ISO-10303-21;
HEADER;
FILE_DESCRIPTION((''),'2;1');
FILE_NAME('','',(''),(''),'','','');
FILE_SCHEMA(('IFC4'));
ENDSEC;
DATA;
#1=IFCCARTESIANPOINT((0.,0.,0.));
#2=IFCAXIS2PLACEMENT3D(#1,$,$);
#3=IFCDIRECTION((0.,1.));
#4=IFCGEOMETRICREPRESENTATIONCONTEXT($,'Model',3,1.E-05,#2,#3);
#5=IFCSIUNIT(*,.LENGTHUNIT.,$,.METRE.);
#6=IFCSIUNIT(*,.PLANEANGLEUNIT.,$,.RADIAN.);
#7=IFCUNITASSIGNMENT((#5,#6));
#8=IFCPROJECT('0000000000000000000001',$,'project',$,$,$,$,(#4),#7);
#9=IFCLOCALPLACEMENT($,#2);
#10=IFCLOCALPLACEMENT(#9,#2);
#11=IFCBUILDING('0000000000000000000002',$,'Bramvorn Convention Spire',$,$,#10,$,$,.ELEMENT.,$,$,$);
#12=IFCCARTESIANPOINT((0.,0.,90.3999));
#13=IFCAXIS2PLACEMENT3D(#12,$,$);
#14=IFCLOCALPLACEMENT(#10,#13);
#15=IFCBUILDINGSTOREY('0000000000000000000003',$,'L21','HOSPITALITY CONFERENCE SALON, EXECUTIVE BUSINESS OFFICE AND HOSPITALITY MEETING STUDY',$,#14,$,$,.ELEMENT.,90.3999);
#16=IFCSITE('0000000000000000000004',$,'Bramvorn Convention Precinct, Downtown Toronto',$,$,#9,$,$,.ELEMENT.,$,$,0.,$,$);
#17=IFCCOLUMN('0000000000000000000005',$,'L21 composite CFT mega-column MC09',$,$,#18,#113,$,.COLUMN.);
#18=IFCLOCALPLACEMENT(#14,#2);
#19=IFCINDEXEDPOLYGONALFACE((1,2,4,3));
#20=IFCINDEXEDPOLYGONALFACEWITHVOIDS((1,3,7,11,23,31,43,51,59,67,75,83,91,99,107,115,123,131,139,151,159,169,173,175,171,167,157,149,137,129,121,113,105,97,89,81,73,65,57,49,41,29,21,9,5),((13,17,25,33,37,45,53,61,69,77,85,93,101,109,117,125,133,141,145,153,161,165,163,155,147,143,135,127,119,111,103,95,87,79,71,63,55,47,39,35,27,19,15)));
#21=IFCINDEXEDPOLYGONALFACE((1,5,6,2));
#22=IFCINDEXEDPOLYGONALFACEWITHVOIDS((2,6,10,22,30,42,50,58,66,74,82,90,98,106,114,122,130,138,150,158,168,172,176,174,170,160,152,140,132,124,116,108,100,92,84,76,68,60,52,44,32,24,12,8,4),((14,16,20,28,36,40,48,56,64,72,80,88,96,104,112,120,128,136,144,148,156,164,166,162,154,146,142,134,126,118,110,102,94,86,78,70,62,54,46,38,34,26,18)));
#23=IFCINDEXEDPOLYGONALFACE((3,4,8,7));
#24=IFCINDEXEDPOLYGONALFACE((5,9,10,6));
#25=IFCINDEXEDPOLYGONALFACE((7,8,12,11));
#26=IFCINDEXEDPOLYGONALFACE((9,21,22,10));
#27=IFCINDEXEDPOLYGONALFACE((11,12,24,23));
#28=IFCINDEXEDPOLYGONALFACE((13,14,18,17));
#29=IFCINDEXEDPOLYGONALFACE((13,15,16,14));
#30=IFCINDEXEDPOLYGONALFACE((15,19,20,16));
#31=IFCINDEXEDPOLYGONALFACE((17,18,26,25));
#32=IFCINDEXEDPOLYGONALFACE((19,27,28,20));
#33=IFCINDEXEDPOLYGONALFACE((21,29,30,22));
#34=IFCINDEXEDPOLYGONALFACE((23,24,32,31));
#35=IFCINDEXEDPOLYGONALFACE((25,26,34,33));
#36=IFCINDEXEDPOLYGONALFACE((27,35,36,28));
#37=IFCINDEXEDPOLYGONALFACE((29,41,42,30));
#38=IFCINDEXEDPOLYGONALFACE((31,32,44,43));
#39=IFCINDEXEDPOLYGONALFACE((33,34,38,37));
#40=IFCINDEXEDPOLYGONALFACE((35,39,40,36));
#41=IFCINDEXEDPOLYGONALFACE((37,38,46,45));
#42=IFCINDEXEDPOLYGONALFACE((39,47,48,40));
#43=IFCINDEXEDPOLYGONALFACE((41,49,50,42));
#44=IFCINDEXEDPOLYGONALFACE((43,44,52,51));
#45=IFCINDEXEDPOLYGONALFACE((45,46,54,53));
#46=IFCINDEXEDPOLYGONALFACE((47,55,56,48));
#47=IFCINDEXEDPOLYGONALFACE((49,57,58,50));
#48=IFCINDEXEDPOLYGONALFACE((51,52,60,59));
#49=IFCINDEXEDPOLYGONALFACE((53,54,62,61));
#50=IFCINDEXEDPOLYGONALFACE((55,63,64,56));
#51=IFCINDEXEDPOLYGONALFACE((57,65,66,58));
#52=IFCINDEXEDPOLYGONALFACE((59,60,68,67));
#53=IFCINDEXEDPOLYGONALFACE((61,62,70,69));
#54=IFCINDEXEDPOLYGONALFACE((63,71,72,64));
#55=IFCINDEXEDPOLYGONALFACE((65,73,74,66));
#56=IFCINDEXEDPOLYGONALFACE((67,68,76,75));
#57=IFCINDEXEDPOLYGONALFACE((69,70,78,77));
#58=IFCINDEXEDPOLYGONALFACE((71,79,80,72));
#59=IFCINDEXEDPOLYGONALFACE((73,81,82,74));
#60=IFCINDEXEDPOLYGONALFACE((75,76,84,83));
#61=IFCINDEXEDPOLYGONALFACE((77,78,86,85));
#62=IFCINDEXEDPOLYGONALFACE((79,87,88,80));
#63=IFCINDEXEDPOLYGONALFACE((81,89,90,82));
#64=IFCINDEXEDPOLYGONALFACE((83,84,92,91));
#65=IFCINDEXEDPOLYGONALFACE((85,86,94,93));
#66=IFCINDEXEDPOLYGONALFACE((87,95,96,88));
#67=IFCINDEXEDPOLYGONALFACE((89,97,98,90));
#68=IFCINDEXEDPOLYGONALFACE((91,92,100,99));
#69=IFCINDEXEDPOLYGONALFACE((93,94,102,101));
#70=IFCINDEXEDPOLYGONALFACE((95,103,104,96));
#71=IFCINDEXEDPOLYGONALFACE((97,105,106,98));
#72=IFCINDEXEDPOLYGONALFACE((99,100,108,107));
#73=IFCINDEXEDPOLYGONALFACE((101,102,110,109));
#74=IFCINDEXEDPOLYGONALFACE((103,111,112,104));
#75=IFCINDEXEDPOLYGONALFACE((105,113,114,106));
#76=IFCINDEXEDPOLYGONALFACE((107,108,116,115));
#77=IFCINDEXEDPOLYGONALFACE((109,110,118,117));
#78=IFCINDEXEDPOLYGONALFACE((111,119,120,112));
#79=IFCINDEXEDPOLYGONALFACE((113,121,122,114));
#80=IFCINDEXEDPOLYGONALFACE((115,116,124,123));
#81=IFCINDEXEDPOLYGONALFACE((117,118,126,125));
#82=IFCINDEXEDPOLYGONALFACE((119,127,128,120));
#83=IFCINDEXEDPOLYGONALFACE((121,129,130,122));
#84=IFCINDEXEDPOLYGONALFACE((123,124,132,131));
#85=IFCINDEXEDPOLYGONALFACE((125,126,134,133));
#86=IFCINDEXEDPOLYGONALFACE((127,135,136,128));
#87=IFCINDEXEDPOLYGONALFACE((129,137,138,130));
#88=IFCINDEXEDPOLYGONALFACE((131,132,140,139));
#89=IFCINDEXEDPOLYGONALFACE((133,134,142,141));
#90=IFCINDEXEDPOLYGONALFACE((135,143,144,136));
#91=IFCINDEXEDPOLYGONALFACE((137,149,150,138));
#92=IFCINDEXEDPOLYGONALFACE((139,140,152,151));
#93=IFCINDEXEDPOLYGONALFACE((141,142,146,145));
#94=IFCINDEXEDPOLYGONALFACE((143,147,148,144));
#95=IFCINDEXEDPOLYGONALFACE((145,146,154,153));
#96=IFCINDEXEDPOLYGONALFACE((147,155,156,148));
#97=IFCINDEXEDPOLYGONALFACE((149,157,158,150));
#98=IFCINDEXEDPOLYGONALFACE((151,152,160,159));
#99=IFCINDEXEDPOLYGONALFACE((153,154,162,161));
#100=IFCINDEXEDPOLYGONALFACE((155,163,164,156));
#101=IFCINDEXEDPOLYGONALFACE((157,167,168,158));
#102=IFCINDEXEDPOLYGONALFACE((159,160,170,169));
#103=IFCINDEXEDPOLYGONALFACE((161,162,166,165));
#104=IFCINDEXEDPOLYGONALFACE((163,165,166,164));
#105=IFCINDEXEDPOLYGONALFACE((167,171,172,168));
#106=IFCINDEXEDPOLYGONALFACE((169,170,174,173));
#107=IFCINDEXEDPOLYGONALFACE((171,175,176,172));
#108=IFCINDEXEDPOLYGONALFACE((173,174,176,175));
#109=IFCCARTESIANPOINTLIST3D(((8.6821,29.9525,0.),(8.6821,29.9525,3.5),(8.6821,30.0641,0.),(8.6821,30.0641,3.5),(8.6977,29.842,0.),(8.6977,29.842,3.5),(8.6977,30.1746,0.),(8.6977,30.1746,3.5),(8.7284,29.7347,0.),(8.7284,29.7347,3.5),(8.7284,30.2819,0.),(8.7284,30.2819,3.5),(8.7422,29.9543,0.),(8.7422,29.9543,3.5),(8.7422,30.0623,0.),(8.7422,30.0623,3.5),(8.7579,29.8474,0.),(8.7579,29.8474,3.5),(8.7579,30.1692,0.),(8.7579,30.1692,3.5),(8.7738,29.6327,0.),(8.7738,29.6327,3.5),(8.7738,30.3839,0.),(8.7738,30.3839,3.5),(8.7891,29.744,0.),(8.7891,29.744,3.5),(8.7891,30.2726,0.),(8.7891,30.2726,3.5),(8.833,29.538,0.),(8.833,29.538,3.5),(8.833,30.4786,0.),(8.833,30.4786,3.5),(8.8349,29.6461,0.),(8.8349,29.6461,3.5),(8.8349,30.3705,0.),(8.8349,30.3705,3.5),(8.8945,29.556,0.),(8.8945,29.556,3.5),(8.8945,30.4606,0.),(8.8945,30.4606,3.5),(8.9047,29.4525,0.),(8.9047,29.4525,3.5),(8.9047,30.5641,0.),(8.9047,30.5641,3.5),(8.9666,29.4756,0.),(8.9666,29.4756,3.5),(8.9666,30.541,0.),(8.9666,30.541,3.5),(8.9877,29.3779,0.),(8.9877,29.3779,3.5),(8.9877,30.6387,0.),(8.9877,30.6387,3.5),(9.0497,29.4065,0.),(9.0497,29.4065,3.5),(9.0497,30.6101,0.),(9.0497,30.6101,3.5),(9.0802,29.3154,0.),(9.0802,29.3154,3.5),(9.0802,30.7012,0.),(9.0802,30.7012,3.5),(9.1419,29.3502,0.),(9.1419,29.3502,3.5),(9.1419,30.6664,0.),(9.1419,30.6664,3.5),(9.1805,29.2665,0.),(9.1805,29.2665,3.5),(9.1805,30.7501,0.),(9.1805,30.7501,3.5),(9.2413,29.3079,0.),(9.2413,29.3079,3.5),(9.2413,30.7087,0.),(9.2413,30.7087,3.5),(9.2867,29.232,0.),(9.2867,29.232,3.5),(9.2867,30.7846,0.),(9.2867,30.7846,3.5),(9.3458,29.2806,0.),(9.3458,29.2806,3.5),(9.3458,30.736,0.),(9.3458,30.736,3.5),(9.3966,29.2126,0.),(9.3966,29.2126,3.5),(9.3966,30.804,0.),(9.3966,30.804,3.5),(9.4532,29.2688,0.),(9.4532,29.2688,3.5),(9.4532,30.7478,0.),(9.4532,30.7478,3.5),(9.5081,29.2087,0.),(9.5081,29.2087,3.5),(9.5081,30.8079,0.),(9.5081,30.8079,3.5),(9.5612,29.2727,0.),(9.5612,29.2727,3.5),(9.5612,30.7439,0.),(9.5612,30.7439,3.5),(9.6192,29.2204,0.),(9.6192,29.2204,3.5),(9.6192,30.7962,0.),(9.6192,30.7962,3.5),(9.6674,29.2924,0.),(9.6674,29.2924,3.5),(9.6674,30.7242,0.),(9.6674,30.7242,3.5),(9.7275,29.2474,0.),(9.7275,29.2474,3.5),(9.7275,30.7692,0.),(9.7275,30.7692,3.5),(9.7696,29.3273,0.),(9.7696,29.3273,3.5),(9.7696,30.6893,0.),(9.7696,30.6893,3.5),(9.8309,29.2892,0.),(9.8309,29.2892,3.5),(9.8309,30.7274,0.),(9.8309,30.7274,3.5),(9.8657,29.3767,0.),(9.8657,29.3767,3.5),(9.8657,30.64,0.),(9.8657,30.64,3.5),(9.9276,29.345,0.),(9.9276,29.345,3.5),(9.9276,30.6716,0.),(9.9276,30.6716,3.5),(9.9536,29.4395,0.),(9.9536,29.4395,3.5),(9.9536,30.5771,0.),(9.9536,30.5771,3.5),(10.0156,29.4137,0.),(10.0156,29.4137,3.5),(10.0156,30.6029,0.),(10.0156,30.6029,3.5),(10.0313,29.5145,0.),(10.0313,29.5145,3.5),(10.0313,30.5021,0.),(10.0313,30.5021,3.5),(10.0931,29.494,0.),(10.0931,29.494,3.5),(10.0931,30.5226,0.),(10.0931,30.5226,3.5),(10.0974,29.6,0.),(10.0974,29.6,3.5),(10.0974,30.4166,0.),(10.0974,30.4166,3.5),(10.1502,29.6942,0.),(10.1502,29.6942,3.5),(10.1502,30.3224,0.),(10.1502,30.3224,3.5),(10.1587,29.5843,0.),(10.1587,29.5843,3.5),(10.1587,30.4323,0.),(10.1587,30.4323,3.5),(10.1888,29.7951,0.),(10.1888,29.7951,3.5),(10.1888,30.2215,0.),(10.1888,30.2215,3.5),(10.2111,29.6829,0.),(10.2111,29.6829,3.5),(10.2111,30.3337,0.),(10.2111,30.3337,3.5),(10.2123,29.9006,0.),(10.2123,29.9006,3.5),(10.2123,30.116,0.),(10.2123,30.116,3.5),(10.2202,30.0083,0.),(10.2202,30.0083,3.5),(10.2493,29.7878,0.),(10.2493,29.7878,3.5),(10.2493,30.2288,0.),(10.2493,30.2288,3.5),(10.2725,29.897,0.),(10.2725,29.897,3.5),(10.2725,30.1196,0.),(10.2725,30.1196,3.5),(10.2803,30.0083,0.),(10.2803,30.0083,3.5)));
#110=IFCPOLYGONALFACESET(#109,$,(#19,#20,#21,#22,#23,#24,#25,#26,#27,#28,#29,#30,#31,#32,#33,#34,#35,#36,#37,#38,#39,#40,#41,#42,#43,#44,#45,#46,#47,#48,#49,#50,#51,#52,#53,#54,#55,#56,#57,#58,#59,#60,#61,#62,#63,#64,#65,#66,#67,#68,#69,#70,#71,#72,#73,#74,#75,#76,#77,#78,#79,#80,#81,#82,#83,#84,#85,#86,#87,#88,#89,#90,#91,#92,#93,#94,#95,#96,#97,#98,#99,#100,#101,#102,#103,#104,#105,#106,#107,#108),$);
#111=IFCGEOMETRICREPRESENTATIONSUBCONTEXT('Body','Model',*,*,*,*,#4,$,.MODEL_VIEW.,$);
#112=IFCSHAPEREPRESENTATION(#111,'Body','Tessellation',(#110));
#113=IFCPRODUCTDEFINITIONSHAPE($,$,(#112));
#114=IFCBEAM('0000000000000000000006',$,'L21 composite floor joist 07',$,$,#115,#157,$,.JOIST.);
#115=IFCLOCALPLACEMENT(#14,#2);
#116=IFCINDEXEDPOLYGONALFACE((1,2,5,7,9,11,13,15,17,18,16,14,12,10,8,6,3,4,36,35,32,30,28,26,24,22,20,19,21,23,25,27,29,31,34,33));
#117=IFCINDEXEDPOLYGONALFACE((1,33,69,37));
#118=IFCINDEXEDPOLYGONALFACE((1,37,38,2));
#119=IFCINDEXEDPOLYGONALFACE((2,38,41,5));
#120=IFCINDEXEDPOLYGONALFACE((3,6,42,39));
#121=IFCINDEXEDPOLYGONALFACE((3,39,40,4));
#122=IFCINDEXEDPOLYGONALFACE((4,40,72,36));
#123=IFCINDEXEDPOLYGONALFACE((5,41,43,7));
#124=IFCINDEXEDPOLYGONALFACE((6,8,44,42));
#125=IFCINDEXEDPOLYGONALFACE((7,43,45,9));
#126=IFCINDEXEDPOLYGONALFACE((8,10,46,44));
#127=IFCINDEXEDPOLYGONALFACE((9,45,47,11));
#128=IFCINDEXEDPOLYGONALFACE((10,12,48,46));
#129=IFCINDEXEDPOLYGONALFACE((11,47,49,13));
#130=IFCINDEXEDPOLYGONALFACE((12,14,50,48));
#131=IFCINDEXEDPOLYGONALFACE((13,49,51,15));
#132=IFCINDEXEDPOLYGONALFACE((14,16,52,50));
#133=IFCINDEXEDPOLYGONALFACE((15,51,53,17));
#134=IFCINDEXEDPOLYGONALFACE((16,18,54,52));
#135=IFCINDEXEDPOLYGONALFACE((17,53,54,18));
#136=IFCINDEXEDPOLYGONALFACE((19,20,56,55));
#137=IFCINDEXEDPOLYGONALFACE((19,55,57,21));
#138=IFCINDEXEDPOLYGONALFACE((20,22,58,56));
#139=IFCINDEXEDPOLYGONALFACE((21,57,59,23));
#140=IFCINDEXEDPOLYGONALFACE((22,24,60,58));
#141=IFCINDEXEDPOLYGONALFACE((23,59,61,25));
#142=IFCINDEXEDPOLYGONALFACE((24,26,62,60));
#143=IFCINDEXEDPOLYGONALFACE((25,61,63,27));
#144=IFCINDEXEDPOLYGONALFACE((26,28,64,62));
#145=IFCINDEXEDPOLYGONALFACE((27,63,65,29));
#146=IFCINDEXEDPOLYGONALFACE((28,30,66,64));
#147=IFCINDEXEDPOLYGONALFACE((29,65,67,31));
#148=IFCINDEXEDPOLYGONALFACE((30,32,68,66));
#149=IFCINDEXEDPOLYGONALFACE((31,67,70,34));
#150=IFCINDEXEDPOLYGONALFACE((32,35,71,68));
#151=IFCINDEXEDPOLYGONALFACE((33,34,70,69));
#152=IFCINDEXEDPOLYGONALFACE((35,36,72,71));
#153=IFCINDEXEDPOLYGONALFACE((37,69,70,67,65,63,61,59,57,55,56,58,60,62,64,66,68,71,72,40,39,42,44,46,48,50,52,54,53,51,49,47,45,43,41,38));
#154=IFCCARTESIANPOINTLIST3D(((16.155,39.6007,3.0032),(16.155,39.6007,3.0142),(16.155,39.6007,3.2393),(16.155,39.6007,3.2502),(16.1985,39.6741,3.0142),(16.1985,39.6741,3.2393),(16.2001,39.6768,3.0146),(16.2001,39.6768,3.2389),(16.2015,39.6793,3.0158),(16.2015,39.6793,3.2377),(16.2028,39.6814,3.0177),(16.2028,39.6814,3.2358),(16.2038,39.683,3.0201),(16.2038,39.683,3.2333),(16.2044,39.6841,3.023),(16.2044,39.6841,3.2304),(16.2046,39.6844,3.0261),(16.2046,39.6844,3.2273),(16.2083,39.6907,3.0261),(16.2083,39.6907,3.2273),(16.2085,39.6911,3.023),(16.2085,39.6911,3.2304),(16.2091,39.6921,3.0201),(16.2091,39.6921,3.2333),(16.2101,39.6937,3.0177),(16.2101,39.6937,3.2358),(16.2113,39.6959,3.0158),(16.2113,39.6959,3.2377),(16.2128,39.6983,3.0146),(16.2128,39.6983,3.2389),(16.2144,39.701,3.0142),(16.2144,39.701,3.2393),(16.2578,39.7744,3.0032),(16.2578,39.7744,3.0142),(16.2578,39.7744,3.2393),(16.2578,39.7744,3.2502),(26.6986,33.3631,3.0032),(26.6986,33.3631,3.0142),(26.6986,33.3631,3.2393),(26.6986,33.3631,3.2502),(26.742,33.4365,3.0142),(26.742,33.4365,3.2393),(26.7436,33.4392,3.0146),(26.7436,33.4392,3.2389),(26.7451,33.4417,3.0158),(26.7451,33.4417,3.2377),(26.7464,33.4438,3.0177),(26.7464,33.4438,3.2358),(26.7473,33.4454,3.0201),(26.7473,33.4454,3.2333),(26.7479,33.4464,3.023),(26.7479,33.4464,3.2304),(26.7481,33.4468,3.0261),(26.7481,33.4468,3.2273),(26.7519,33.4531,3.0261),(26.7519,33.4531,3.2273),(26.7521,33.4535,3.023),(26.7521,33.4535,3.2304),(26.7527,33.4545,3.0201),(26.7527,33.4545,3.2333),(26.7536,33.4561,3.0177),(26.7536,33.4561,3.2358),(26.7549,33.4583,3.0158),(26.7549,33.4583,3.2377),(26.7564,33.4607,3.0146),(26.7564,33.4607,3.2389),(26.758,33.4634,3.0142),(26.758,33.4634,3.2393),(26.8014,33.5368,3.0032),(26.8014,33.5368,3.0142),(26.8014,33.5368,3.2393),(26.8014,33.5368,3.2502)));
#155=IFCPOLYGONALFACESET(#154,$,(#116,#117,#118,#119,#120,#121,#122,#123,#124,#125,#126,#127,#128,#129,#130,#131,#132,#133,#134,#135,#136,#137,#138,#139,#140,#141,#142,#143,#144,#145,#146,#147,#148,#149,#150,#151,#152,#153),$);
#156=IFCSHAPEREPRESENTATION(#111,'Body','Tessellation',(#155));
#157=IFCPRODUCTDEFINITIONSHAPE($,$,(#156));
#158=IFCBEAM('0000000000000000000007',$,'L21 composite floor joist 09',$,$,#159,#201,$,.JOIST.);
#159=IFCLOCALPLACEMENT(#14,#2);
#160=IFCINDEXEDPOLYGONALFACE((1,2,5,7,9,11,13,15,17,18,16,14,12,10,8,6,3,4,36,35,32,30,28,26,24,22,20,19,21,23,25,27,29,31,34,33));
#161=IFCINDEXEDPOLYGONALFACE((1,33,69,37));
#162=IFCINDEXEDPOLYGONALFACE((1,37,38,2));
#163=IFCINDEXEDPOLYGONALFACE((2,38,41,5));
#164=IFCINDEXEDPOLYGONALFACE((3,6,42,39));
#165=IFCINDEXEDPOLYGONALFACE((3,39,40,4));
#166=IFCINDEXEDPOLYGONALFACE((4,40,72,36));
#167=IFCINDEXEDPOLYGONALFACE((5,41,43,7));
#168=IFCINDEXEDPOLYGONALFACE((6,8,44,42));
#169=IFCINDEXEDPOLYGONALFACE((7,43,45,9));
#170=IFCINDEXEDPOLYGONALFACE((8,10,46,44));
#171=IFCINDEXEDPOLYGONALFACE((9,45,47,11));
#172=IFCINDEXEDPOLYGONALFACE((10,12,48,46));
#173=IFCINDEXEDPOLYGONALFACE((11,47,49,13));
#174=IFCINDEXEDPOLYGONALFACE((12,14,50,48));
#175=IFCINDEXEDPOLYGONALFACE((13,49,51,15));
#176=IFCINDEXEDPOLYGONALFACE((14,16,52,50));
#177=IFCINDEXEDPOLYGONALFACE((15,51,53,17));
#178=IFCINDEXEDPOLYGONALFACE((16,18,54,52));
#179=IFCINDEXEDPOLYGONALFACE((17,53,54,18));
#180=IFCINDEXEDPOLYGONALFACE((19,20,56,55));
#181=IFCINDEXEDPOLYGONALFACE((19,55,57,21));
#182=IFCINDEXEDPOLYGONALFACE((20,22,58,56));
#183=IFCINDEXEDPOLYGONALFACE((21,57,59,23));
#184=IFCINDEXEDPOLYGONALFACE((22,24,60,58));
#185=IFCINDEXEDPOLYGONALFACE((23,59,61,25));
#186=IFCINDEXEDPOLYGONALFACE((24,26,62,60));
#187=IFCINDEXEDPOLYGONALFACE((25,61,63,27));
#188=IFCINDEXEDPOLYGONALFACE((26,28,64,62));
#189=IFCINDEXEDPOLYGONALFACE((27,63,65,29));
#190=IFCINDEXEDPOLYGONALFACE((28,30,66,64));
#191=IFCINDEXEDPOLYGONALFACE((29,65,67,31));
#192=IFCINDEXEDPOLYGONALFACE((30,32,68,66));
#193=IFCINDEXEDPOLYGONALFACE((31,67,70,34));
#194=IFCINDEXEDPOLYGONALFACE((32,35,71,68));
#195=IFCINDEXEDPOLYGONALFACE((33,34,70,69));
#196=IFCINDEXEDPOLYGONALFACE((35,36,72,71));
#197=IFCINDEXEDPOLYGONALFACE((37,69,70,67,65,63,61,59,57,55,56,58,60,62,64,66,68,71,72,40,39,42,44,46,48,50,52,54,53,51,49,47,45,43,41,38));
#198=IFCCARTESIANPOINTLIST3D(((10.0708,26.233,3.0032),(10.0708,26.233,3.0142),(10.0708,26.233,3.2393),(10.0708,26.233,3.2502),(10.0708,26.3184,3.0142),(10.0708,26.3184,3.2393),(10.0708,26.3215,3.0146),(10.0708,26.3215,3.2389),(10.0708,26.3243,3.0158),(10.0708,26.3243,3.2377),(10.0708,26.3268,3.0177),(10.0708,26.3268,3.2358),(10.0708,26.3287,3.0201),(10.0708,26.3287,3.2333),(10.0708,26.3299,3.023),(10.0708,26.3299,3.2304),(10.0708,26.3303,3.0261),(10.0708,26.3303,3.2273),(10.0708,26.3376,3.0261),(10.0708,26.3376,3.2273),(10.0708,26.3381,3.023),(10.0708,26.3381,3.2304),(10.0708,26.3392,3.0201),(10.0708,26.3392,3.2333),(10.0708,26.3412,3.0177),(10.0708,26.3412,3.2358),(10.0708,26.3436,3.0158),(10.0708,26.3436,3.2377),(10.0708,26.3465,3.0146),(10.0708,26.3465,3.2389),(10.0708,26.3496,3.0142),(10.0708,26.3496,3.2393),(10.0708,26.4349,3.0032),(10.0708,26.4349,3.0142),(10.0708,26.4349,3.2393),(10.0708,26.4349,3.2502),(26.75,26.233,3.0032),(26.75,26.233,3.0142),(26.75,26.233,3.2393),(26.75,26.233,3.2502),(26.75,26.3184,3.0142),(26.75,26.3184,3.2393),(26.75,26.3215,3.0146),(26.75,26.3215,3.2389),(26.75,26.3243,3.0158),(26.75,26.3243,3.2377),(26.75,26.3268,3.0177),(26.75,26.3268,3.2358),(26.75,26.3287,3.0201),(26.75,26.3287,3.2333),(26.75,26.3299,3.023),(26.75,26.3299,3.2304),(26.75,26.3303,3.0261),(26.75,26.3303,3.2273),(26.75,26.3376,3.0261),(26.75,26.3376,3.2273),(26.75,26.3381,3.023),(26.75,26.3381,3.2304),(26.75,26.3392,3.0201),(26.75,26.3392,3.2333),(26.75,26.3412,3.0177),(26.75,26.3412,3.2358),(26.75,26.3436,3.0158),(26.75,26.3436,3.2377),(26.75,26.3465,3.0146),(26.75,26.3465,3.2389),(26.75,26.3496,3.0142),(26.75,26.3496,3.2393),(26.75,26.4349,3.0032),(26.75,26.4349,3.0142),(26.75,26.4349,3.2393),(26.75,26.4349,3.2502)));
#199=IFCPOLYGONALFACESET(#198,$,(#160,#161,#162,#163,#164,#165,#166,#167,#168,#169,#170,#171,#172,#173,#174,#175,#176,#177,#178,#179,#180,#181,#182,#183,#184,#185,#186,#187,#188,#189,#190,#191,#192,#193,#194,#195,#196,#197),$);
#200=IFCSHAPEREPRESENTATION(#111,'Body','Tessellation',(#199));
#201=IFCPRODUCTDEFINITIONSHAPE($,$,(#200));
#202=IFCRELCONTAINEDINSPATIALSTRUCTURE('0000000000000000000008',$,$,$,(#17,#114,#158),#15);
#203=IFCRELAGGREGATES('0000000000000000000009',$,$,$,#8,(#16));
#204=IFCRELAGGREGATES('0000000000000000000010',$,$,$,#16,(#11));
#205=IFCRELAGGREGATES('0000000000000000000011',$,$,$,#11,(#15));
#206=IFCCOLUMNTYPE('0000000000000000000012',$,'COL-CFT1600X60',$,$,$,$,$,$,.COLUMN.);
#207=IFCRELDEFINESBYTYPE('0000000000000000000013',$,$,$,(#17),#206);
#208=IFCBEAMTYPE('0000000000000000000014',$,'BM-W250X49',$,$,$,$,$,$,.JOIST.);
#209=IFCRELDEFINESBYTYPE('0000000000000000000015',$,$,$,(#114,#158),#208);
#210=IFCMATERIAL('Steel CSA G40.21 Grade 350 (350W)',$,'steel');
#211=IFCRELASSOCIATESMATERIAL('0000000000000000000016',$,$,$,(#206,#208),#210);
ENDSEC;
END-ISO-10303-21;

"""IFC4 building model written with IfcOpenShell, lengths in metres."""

from ifc_helpers import new_model, si_unit, direction, frame, origin, origin_2d, place, context, subcontext, project, spatial, hollow_circle, i_section, extrude, material, material_profile, profile_set, type_object, element, save


model = new_model("IFC4")

# Units and contexts
model_context = context("Model", 3, precision=1e-05, world=origin(), true_north=direction((0.0, 1.0)))
body_context = subcontext(model_context, "Body", "Model", "MODEL_VIEW")
ifc_project = project(units=[si_unit("LENGTHUNIT", "METRE"), si_unit("PLANEANGLEUNIT", "RADIAN")], contexts=[model_context])

# Site, building, storey
site_placement = place(None, origin())
site = spatial("IfcSite", under=ifc_project, at=site_placement, Name="Bramvorn Convention Precinct, Downtown Toronto", CompositionType="ELEMENT", RefElevation=0.0)
building_placement = place(site_placement, origin())
building = spatial("IfcBuilding", under=site, at=building_placement, Name="Bramvorn Convention Spire", CompositionType="ELEMENT")
storey_placement = place(building_placement, frame((0.0, 0.0, 90.3999)))
storey = spatial("IfcBuildingStorey", under=building, at=storey_placement, Name="L21", Description="HOSPITALITY CONFERENCE SALON, EXECUTIVE BUSINESS OFFICE AND HOSPITALITY MEETING STUDY", CompositionType="ELEMENT", Elevation=90.3999)

# Column
ifc_material_1 = material(Name="Steel CSA G40.21 Grade 350 (350W)", Category="steel")
ifc_material_profile_1 = material_profile(ifc_material_1, hollow_circle(Radius=0.8, WallThickness=0.0601, at=origin_2d()))
ifc_profile_set_1 = profile_set([ifc_material_profile_1], Name="Steel CSA G40.21 Grade 350 (350W) - CFT1600X60")
column_type = type_object("IfcColumnType", Name="COL-CFT1600X60", PredefinedType="COLUMN", material=ifc_profile_set_1)
for number, where, z_axis, x_axis, name in (
    (1, (9.4802, 30.0083, 0.0), (0.0, 0.0, 1.0), (1.0, 0.0, 0.0), "L21 composite CFT mega-column MC09"),
):
    element("IfcColumn", number, at=place(storey_placement, frame(where, z_axis=z_axis, x_axis=x_axis)), inside=storey, type_object=column_type, Name=name, PredefinedType="COLUMN", context=body_context, shape_type="SweptSolid", body=[
        extrude(hollow_circle(Radius=0.8, WallThickness=0.0601, at=origin_2d()), origin(), (0.0, 0.0, 1.0), 3.5),
    ])

# Beams
ifc_material_profile_2 = material_profile(ifc_material_1, i_section(OverallWidth=0.2019, OverallDepth=0.2471, WebThickness=0.0073, FlangeThickness=0.011, FilletRadius=0.012, at=origin_2d()))
ifc_profile_set_2 = profile_set([ifc_material_profile_2], Name="Steel CSA G40.21 Grade 350 (350W) - W250X49")
beam_type_1 = type_object("IfcBeamType", Name="BM-W250X49", PredefinedType="JOIST", material=ifc_profile_set_2)
beam_1_placement = place(storey_placement, frame((26.75, 33.45, 3.1267), z_axis=(-0.860665, 0.509172, 0.0), x_axis=(-0.509172, -0.860665, 0.0)))
element("IfcBeam", 2, at=beam_1_placement, inside=storey, type_object=beam_type_1, Name="L21 composite floor joist 07", PredefinedType="JOIST", context=body_context, shape_type="SweptSolid", body=[
    extrude(i_section(OverallWidth=0.2019, OverallDepth=0.2471, WebThickness=0.0073, FlangeThickness=0.011, FilletRadius=0.012, at=origin_2d()), origin(), (0.0, 0.0, 1.0), 12.2505),
])
beam_2_placement = place(storey_placement, frame((26.75, 26.334, 3.1267), z_axis=(-1.0, 0.0, 0.0), x_axis=(0.0, -1.0, 0.0)))
element("IfcBeam", 3, at=beam_2_placement, inside=storey, type_object=beam_type_1, Name="L21 composite floor joist 09", PredefinedType="JOIST", context=body_context, shape_type="SweptSolid", body=[
    extrude(i_section(OverallWidth=0.2019, OverallDepth=0.2471, WebThickness=0.0073, FlangeThickness=0.011, FilletRadius=0.012, at=origin_2d()), origin(), (0.0, 0.0, 1.0), 16.6792),
])

save(model, "model.ifc")
